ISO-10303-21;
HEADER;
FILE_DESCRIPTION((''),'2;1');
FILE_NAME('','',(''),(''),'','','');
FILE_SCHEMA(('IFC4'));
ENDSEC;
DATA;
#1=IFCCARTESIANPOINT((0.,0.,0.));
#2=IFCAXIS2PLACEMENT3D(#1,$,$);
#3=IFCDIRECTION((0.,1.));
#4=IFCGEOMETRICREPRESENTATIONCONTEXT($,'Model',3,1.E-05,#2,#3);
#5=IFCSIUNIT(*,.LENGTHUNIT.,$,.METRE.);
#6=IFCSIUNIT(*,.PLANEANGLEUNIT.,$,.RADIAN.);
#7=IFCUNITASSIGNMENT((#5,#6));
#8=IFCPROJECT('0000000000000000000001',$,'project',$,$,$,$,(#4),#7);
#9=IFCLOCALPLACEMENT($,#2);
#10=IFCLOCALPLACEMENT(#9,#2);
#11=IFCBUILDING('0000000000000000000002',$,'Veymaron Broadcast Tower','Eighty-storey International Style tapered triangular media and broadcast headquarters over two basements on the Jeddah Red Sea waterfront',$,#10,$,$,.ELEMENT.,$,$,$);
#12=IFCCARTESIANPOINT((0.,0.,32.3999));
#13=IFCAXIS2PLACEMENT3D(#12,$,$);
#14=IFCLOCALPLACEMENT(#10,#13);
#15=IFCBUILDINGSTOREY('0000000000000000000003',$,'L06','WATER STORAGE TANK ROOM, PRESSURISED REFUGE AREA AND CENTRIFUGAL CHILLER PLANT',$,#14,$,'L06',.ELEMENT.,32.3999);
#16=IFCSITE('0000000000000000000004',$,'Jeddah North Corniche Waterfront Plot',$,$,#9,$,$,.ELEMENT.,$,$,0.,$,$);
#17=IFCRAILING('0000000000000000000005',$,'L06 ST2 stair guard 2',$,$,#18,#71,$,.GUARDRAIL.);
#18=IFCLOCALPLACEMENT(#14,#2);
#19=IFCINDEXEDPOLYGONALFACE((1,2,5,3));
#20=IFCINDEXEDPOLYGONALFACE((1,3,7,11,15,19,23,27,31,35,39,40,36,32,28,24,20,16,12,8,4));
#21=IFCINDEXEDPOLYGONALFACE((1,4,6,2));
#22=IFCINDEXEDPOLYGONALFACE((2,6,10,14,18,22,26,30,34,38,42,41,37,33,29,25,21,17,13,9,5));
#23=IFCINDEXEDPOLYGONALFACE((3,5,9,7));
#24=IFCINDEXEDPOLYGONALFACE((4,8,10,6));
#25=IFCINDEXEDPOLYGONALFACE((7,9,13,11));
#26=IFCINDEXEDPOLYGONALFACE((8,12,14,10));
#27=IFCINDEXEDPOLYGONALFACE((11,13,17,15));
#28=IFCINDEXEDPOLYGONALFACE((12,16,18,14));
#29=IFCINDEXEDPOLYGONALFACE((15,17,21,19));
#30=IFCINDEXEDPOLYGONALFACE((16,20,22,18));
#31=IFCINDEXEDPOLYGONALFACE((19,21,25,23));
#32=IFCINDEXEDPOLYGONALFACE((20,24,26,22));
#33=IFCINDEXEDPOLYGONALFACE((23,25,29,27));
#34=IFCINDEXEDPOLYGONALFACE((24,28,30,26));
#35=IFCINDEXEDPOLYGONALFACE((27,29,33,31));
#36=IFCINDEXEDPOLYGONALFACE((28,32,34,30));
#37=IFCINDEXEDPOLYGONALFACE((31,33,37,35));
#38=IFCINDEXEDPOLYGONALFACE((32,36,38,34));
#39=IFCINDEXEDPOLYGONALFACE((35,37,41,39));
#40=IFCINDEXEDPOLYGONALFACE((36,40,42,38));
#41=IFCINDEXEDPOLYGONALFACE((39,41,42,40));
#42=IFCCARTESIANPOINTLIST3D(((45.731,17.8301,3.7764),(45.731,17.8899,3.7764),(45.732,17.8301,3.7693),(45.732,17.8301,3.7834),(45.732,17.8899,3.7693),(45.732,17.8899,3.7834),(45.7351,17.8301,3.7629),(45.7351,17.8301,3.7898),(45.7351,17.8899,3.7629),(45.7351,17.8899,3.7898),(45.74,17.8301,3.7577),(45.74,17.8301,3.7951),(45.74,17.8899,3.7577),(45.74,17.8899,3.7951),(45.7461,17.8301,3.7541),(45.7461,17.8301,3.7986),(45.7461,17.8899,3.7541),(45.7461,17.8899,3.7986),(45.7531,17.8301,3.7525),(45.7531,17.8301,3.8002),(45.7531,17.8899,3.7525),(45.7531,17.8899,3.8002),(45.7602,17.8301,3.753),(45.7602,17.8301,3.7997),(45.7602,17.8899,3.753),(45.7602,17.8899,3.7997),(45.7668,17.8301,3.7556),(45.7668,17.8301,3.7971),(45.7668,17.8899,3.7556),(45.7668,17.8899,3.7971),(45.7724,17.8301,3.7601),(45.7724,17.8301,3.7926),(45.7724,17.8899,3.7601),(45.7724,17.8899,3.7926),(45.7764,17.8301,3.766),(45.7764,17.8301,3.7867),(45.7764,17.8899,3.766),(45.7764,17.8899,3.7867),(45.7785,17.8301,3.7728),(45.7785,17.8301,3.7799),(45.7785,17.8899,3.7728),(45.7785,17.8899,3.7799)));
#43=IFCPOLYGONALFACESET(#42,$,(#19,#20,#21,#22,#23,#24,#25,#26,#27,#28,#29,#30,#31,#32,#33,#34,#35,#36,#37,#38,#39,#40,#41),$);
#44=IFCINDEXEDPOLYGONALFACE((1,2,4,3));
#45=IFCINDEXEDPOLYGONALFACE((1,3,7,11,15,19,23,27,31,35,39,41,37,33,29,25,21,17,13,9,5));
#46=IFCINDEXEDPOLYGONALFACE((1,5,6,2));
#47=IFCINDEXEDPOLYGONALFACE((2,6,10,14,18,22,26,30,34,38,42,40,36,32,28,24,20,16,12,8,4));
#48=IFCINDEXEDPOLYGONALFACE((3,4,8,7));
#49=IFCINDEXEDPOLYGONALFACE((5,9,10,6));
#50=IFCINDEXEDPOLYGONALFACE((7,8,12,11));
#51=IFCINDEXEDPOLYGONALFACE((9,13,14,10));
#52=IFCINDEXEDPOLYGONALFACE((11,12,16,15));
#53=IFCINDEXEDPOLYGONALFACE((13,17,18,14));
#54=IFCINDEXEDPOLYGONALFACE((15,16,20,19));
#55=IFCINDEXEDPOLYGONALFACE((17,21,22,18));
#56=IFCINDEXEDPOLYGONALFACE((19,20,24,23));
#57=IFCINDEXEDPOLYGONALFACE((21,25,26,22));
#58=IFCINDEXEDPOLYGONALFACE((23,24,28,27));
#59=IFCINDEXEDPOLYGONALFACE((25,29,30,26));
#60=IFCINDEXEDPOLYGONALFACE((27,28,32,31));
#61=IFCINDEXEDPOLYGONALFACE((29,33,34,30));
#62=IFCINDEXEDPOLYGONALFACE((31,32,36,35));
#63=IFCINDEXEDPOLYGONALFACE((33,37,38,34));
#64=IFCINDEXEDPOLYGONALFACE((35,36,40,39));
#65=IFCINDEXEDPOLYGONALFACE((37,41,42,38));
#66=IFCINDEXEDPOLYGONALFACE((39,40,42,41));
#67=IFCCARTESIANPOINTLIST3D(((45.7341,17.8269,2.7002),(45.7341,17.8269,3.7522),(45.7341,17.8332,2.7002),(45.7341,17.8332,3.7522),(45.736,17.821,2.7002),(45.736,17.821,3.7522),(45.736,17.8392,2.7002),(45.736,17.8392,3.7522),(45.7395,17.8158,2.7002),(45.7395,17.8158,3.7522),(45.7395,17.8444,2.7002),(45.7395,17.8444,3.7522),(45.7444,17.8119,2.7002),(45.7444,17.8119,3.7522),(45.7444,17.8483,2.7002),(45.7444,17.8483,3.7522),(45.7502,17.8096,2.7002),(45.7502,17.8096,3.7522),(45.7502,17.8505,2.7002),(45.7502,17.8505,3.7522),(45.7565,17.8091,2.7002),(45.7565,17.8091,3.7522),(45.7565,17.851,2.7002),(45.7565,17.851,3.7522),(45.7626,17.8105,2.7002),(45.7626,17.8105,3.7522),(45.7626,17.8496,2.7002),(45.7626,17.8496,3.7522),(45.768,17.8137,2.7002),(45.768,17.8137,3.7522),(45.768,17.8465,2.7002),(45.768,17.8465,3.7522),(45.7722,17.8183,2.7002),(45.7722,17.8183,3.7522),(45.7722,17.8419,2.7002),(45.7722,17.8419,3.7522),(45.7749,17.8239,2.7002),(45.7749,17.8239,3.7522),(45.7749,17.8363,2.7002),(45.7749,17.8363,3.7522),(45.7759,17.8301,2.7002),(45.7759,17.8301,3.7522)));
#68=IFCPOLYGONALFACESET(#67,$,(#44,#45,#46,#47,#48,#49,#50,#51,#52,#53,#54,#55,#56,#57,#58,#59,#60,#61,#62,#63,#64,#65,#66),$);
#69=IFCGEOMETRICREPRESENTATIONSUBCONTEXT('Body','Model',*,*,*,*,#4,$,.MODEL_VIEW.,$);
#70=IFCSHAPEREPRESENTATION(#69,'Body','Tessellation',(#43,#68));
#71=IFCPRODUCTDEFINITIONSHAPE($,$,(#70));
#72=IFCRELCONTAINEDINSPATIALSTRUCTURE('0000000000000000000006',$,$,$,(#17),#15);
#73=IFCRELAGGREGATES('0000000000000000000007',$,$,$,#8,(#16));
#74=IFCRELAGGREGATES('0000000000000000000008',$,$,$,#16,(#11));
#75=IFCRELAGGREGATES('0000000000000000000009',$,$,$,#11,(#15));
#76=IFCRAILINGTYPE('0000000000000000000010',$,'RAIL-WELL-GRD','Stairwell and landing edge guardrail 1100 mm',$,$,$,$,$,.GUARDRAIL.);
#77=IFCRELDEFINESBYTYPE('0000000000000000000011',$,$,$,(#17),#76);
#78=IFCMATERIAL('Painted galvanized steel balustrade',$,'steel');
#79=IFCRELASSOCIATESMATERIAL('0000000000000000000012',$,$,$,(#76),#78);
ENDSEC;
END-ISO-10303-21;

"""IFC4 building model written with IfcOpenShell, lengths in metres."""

from ifc_helpers import new_model, si_unit, direction, frame, origin, origin_2d, place, context, subcontext, project, spatial, circle, extrude, material, type_object, element, save


model = new_model("IFC4")

# Units and contexts
model_context = context("Model", 3, precision=1e-05, world=origin(), true_north=direction((0.0, 1.0)))
body_context = subcontext(model_context, "Body", "Model", "MODEL_VIEW")
ifc_project = project(units=[si_unit("LENGTHUNIT", "METRE"), si_unit("PLANEANGLEUNIT", "RADIAN")], contexts=[model_context])

# Site, building, storey
site_placement = place(None, origin())
site = spatial("IfcSite", under=ifc_project, at=site_placement, Name="Jeddah North Corniche Waterfront Plot", CompositionType="ELEMENT", RefElevation=0.0)
building_placement = place(site_placement, origin())
building = spatial("IfcBuilding", under=site, at=building_placement, Name="Veymaron Broadcast Tower", Description="Eighty-storey International Style tapered triangular media and broadcast headquarters over two basements on the Jeddah Red Sea waterfront", CompositionType="ELEMENT")
storey_placement = place(building_placement, frame((0.0, 0.0, 32.3999)))
storey = spatial("IfcBuildingStorey", under=building, at=storey_placement, Name="L06", Description="WATER STORAGE TANK ROOM, PRESSURISED REFUGE AREA AND CENTRIFUGAL CHILLER PLANT", LongName="L06", CompositionType="ELEMENT", Elevation=32.3999)

# Railing
ifc_material_1 = material(Name="Painted galvanized steel balustrade", Category="steel")
railing_type_1 = type_object("IfcRailingType", Name="RAIL-WELL-GRD", Description="Stairwell and landing edge guardrail 1100 mm", PredefinedType="GUARDRAIL", material=ifc_material_1)
railing_1_placement = place(storey_placement, frame((45.7549, 17.8301, 2.7002)))
element("IfcRailing", 1, at=railing_1_placement, inside=storey, type_object=railing_type_1, Name="L06 ST2 stair guard 2", PredefinedType="GUARDRAIL", context=body_context, shape_type="SweptSolid", body=[
    extrude(circle(Radius=0.0239, at=origin_2d()), frame((0.0, 0.0, 1.0762), z_axis=(0.0, 1.0, 0.0), x_axis=(-1.0, 0.0, 0.0)), (0.0, 0.0, 1.0), 0.0598),
    extrude(circle(Radius=0.021, at=origin_2d()), origin(), (0.0, 0.0, 1.0), 1.052),
])

save(model, "model.ifc")
